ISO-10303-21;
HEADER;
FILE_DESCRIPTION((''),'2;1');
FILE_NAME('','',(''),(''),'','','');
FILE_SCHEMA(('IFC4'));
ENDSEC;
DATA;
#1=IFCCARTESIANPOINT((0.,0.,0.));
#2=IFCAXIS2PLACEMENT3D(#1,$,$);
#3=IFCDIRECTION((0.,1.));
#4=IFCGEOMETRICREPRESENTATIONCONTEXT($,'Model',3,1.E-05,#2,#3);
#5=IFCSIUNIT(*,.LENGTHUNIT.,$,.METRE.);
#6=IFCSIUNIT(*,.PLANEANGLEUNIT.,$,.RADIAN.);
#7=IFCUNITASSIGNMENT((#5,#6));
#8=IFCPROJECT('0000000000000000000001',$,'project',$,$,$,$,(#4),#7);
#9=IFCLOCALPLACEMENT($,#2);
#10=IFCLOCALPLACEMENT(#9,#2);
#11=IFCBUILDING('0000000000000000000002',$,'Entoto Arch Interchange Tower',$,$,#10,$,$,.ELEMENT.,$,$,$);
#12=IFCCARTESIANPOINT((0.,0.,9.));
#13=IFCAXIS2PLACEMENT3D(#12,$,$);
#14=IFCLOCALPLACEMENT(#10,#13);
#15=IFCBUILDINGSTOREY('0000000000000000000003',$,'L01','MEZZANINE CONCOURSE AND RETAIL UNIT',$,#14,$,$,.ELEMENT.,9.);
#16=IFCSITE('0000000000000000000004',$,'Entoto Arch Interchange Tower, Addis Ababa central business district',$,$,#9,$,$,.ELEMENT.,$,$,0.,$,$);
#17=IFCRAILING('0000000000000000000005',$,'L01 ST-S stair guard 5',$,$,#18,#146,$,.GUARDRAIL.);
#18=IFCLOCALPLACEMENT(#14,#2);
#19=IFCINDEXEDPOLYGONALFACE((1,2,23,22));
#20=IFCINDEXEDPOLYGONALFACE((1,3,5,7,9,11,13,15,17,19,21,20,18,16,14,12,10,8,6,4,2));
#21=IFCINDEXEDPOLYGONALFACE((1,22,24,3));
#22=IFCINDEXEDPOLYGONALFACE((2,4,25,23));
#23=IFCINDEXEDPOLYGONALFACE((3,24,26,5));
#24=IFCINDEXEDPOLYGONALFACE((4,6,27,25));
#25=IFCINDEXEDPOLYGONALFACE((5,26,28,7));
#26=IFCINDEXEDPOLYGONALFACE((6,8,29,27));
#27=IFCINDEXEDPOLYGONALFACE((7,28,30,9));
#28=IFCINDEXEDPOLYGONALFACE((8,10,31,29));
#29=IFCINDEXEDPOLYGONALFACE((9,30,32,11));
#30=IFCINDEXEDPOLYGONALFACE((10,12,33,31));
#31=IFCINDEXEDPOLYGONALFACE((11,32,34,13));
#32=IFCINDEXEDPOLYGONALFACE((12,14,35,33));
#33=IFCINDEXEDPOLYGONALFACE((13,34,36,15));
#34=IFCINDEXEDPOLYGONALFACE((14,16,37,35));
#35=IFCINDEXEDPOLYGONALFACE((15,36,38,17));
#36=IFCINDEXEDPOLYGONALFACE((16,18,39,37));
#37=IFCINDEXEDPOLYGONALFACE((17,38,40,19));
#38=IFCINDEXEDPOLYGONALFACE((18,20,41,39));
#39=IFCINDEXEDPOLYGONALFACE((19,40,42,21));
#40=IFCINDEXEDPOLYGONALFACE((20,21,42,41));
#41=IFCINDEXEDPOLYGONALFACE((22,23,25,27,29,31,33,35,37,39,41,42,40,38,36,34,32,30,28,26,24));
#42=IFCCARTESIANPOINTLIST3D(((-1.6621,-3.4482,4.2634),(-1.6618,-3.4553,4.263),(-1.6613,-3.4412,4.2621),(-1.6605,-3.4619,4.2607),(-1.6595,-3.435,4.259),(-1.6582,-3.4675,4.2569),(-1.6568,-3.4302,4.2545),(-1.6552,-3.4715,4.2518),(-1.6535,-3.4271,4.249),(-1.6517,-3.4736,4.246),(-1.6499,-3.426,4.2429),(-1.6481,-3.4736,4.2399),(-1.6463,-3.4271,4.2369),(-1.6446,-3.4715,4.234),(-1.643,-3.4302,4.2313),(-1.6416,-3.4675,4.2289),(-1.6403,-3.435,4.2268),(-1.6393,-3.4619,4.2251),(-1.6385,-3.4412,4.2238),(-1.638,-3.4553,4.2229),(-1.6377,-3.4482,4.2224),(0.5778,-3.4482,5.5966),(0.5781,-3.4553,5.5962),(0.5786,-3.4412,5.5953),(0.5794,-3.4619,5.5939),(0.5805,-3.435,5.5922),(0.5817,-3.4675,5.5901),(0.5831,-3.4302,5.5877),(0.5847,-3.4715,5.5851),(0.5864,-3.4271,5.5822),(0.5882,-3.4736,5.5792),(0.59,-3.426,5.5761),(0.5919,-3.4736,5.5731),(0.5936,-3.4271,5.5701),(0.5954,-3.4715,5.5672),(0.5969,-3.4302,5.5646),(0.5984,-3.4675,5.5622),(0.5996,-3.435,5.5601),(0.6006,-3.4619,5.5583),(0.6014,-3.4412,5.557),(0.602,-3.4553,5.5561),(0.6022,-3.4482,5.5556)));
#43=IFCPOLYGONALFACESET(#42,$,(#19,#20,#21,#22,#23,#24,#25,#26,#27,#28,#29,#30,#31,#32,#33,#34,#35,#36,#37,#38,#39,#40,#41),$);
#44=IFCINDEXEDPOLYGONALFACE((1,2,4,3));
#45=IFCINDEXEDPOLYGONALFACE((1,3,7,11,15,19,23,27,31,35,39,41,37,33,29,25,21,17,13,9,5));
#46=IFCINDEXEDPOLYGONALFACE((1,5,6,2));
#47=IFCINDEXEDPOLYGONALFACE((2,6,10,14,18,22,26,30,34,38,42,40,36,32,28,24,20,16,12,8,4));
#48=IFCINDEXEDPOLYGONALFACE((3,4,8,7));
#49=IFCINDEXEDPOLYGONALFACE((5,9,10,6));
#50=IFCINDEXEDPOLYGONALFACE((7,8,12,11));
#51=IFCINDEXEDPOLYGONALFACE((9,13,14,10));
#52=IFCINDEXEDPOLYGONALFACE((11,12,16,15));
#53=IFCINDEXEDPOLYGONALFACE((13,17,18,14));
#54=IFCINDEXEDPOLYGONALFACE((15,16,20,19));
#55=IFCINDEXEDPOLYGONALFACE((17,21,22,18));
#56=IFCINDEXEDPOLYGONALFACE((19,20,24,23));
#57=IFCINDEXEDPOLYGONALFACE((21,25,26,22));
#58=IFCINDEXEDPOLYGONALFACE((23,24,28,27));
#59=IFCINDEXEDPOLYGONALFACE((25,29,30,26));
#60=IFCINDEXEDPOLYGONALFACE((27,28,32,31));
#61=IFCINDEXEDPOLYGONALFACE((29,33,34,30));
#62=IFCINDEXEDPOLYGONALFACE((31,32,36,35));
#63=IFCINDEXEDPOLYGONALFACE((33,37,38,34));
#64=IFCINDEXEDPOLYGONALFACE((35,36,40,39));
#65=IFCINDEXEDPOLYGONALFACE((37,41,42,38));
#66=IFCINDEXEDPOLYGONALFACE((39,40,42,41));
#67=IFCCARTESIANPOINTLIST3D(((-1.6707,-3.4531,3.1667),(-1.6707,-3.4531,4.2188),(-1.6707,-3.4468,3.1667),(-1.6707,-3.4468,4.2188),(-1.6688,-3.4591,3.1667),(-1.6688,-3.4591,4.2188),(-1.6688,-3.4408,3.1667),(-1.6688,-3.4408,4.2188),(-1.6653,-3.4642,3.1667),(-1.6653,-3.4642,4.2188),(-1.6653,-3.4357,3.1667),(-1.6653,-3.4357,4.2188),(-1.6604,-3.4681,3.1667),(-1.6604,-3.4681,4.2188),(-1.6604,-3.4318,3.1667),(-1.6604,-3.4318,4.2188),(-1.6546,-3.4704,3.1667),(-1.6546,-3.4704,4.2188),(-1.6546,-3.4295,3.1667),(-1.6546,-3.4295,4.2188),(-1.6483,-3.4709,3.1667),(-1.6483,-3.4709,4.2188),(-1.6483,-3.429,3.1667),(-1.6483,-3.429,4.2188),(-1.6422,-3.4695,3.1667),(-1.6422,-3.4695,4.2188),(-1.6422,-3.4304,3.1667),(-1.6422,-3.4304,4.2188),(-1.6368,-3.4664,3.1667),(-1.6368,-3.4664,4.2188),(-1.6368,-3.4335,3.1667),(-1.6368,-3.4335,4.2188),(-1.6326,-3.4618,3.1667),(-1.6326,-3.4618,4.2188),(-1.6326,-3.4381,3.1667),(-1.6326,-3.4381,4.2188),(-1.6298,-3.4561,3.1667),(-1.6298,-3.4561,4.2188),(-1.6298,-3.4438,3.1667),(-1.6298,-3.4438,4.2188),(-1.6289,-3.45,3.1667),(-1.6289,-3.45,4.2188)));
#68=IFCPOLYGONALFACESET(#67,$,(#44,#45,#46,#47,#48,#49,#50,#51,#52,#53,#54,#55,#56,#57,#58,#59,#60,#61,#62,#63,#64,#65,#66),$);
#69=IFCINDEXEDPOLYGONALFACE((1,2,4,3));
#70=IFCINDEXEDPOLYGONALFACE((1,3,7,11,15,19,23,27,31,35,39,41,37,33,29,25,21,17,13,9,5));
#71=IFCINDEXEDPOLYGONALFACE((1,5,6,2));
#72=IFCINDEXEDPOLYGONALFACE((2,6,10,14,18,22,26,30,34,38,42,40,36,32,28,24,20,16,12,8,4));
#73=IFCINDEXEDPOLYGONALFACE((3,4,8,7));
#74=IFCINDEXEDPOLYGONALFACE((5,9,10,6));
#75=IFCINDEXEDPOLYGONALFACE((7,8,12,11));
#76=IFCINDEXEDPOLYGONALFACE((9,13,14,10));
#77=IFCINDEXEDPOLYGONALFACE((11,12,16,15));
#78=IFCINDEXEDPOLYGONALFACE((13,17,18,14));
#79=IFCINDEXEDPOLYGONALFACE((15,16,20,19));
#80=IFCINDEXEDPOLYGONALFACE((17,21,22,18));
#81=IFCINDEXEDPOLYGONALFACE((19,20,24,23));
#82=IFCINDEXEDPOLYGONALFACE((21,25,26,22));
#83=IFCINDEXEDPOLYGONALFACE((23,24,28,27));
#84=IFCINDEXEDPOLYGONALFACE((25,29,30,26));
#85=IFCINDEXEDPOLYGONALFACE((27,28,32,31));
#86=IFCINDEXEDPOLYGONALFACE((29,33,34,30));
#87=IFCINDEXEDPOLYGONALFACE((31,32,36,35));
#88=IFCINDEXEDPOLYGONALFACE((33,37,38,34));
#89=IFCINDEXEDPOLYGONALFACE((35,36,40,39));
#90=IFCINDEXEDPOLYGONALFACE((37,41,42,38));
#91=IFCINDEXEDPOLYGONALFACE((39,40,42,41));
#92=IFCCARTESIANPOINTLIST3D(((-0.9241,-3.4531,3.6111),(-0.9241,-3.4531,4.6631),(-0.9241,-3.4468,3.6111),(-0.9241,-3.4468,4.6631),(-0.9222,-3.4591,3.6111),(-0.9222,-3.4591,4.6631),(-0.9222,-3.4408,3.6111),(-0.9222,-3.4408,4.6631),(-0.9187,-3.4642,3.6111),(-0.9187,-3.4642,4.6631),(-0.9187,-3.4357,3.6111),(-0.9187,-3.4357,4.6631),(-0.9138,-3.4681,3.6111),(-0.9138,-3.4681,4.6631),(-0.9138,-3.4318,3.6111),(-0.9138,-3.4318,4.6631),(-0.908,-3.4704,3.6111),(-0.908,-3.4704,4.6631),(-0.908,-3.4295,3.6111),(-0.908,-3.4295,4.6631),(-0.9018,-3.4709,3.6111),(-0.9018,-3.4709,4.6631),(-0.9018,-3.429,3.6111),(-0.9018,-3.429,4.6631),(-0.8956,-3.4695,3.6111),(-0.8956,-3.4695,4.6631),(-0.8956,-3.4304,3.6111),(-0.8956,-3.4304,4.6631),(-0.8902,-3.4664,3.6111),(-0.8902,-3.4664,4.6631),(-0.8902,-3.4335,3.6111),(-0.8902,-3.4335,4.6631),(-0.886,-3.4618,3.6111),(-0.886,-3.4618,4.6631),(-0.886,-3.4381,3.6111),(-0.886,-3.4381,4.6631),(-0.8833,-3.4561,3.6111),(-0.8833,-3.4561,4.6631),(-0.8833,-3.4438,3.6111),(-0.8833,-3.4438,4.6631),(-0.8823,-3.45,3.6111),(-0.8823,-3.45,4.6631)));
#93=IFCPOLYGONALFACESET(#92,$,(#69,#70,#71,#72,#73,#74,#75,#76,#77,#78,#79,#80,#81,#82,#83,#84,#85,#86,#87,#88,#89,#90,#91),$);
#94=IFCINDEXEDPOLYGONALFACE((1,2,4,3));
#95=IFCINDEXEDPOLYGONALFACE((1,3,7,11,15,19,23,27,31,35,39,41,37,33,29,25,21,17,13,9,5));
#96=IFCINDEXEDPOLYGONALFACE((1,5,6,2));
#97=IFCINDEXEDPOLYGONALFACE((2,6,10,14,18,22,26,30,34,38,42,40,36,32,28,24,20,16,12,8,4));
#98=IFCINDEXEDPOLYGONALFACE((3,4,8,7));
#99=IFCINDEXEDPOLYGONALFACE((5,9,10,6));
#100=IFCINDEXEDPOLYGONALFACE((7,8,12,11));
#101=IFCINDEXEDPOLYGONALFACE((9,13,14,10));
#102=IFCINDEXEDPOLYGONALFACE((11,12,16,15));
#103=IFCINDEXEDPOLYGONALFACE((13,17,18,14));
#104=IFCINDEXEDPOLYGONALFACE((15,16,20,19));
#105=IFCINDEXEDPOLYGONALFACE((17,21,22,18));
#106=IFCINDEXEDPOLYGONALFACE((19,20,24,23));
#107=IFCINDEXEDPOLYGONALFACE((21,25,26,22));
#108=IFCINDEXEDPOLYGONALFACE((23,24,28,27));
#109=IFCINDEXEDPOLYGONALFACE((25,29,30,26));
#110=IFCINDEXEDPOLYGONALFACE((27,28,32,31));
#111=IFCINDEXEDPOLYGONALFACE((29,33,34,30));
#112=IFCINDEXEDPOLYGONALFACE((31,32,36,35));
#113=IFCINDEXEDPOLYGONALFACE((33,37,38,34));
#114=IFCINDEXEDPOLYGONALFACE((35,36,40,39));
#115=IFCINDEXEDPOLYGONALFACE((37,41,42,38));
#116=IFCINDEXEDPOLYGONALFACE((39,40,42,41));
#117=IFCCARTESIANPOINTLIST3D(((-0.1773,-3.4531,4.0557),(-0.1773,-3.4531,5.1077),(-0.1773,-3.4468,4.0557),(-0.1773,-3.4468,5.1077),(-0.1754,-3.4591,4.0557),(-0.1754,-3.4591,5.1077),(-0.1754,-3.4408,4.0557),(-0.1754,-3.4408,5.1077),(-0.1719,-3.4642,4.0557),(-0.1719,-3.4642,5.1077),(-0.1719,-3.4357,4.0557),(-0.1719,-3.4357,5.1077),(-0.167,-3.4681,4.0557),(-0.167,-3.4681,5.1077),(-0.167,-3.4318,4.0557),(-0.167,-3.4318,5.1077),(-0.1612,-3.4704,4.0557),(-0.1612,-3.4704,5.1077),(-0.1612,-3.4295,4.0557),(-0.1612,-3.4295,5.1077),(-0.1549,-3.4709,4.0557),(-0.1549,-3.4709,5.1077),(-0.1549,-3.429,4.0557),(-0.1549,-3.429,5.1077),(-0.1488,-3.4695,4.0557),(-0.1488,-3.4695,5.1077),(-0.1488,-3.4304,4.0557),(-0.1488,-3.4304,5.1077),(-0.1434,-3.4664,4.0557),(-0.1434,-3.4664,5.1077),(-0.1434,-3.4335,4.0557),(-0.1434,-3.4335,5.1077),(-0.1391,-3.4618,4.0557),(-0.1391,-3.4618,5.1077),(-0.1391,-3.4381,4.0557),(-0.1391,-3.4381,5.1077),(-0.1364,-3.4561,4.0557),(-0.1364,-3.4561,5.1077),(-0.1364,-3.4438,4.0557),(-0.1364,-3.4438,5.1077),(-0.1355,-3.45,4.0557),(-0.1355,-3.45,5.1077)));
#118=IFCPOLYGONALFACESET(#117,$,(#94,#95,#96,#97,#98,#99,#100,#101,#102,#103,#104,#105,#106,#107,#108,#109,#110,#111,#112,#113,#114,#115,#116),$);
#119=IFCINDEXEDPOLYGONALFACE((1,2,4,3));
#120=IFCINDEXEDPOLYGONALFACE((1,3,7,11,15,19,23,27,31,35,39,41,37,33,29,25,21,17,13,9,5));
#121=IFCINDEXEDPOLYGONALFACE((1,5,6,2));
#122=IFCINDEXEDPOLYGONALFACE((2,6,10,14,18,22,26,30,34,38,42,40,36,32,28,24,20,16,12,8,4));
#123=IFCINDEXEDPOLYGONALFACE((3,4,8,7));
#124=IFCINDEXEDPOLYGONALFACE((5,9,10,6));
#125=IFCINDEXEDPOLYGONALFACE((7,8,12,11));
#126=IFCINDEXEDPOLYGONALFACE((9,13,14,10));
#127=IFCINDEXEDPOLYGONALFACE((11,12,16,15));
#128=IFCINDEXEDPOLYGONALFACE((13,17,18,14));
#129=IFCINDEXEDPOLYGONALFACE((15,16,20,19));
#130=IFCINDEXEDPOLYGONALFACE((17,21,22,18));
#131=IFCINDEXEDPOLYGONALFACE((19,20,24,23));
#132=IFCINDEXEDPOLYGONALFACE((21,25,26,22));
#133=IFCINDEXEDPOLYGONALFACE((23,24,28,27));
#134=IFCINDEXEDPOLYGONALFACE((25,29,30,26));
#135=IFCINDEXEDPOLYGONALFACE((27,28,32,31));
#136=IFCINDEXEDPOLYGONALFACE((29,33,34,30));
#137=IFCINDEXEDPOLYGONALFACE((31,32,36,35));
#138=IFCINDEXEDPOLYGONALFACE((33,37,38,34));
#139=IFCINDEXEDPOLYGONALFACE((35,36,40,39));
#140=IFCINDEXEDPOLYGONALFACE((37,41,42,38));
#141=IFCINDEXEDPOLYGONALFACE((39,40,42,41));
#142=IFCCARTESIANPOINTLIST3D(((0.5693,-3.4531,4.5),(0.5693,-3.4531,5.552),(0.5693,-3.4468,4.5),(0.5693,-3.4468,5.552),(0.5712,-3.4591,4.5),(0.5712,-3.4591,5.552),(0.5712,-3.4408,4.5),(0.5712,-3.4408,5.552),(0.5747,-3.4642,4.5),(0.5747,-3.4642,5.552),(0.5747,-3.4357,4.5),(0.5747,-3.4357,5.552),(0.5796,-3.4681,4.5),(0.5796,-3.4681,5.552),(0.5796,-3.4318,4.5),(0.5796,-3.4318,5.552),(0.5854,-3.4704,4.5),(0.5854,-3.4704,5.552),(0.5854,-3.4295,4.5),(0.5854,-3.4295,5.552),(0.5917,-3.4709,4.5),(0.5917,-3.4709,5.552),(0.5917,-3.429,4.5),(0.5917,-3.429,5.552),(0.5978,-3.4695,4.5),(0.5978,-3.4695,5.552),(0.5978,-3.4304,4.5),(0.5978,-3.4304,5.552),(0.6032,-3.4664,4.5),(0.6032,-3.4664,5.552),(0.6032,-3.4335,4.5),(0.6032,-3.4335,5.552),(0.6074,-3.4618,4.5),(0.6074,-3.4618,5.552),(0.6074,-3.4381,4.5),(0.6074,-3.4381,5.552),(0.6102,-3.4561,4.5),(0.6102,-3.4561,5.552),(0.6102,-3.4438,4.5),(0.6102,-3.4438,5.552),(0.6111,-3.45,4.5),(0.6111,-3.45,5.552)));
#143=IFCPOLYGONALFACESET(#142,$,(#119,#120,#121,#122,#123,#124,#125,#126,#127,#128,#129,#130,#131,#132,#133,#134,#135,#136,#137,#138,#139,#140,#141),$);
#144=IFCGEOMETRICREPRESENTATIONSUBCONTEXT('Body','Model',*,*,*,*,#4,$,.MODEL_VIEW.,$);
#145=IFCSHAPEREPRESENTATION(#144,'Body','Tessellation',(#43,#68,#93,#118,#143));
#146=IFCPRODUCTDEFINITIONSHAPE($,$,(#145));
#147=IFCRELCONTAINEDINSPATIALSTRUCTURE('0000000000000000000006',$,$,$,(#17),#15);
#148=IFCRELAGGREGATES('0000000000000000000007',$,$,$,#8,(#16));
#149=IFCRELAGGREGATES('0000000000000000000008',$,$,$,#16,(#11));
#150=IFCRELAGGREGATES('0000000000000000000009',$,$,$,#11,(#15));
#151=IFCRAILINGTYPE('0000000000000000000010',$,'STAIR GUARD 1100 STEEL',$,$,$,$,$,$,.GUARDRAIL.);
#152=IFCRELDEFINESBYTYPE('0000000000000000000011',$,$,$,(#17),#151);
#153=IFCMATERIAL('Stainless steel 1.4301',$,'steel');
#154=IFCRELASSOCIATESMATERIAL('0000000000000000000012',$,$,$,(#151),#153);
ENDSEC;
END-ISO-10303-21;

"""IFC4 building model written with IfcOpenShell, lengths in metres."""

from ifc_helpers import new_model, si_unit, direction, frame, origin, origin_2d, place, context, subcontext, project, spatial, circle, extrude, material, type_object, element, save


model = new_model("IFC4")

# Units and contexts
model_context = context("Model", 3, precision=1e-05, world=origin(), true_north=direction((0.0, 1.0)))
body_context = subcontext(model_context, "Body", "Model", "MODEL_VIEW")
ifc_project = project(units=[si_unit("LENGTHUNIT", "METRE"), si_unit("PLANEANGLEUNIT", "RADIAN")], contexts=[model_context])

# Site, building, storey
site_placement = place(None, origin())
site = spatial("IfcSite", under=ifc_project, at=site_placement, Name="Entoto Arch Interchange Tower, Addis Ababa central business district", CompositionType="ELEMENT", RefElevation=0.0)
building_placement = place(site_placement, origin())
building = spatial("IfcBuilding", under=site, at=building_placement, Name="Entoto Arch Interchange Tower", CompositionType="ELEMENT")
storey_placement = place(building_placement, frame((0.0, 0.0, 9.0)))
storey = spatial("IfcBuildingStorey", under=building, at=storey_placement, Name="L01", Description="MEZZANINE CONCOURSE AND RETAIL UNIT", CompositionType="ELEMENT", Elevation=9.0)

# Railing
ifc_material_1 = material(Name="Stainless steel 1.4301", Category="steel")
railing_type_1 = type_object("IfcRailingType", Name="STAIR GUARD 1100 STEEL", PredefinedType="GUARDRAIL", material=ifc_material_1)
railing_1_placement = place(storey_placement, frame((-1.6499, -3.45, 3.1667)))
element("IfcRailing", 1, at=railing_1_placement, inside=storey, type_object=railing_type_1, Name="L01 ST-S stair guard 5", PredefinedType="GUARDRAIL", context=body_context, shape_type="SweptSolid", body=[
    extrude(circle(Radius=0.0239, at=origin_2d()), frame((0.0, 0.0, 1.0762), z_axis=(0.859306, 0.0, 0.511462), x_axis=(0.0, 1.0, 0.0)), (0.0, 0.0, 1.0), 2.6067),
    extrude(circle(Radius=0.021, at=origin_2d()), origin(), (0.0, 0.0, 1.0), 1.052),
    extrude(circle(Radius=0.021, at=origin_2d()), frame((0.7466, 0.0, 0.4443)), (0.0, 0.0, 1.0), 1.052),
    extrude(circle(Radius=0.021, at=origin_2d()), frame((1.4934, 0.0, 0.8889)), (0.0, 0.0, 1.0), 1.052),
    extrude(circle(Radius=0.021, at=origin_2d()), frame((2.24, 0.0, 1.3333)), (0.0, 0.0, 1.0), 1.052),
])

save(model, "model.ifc")
